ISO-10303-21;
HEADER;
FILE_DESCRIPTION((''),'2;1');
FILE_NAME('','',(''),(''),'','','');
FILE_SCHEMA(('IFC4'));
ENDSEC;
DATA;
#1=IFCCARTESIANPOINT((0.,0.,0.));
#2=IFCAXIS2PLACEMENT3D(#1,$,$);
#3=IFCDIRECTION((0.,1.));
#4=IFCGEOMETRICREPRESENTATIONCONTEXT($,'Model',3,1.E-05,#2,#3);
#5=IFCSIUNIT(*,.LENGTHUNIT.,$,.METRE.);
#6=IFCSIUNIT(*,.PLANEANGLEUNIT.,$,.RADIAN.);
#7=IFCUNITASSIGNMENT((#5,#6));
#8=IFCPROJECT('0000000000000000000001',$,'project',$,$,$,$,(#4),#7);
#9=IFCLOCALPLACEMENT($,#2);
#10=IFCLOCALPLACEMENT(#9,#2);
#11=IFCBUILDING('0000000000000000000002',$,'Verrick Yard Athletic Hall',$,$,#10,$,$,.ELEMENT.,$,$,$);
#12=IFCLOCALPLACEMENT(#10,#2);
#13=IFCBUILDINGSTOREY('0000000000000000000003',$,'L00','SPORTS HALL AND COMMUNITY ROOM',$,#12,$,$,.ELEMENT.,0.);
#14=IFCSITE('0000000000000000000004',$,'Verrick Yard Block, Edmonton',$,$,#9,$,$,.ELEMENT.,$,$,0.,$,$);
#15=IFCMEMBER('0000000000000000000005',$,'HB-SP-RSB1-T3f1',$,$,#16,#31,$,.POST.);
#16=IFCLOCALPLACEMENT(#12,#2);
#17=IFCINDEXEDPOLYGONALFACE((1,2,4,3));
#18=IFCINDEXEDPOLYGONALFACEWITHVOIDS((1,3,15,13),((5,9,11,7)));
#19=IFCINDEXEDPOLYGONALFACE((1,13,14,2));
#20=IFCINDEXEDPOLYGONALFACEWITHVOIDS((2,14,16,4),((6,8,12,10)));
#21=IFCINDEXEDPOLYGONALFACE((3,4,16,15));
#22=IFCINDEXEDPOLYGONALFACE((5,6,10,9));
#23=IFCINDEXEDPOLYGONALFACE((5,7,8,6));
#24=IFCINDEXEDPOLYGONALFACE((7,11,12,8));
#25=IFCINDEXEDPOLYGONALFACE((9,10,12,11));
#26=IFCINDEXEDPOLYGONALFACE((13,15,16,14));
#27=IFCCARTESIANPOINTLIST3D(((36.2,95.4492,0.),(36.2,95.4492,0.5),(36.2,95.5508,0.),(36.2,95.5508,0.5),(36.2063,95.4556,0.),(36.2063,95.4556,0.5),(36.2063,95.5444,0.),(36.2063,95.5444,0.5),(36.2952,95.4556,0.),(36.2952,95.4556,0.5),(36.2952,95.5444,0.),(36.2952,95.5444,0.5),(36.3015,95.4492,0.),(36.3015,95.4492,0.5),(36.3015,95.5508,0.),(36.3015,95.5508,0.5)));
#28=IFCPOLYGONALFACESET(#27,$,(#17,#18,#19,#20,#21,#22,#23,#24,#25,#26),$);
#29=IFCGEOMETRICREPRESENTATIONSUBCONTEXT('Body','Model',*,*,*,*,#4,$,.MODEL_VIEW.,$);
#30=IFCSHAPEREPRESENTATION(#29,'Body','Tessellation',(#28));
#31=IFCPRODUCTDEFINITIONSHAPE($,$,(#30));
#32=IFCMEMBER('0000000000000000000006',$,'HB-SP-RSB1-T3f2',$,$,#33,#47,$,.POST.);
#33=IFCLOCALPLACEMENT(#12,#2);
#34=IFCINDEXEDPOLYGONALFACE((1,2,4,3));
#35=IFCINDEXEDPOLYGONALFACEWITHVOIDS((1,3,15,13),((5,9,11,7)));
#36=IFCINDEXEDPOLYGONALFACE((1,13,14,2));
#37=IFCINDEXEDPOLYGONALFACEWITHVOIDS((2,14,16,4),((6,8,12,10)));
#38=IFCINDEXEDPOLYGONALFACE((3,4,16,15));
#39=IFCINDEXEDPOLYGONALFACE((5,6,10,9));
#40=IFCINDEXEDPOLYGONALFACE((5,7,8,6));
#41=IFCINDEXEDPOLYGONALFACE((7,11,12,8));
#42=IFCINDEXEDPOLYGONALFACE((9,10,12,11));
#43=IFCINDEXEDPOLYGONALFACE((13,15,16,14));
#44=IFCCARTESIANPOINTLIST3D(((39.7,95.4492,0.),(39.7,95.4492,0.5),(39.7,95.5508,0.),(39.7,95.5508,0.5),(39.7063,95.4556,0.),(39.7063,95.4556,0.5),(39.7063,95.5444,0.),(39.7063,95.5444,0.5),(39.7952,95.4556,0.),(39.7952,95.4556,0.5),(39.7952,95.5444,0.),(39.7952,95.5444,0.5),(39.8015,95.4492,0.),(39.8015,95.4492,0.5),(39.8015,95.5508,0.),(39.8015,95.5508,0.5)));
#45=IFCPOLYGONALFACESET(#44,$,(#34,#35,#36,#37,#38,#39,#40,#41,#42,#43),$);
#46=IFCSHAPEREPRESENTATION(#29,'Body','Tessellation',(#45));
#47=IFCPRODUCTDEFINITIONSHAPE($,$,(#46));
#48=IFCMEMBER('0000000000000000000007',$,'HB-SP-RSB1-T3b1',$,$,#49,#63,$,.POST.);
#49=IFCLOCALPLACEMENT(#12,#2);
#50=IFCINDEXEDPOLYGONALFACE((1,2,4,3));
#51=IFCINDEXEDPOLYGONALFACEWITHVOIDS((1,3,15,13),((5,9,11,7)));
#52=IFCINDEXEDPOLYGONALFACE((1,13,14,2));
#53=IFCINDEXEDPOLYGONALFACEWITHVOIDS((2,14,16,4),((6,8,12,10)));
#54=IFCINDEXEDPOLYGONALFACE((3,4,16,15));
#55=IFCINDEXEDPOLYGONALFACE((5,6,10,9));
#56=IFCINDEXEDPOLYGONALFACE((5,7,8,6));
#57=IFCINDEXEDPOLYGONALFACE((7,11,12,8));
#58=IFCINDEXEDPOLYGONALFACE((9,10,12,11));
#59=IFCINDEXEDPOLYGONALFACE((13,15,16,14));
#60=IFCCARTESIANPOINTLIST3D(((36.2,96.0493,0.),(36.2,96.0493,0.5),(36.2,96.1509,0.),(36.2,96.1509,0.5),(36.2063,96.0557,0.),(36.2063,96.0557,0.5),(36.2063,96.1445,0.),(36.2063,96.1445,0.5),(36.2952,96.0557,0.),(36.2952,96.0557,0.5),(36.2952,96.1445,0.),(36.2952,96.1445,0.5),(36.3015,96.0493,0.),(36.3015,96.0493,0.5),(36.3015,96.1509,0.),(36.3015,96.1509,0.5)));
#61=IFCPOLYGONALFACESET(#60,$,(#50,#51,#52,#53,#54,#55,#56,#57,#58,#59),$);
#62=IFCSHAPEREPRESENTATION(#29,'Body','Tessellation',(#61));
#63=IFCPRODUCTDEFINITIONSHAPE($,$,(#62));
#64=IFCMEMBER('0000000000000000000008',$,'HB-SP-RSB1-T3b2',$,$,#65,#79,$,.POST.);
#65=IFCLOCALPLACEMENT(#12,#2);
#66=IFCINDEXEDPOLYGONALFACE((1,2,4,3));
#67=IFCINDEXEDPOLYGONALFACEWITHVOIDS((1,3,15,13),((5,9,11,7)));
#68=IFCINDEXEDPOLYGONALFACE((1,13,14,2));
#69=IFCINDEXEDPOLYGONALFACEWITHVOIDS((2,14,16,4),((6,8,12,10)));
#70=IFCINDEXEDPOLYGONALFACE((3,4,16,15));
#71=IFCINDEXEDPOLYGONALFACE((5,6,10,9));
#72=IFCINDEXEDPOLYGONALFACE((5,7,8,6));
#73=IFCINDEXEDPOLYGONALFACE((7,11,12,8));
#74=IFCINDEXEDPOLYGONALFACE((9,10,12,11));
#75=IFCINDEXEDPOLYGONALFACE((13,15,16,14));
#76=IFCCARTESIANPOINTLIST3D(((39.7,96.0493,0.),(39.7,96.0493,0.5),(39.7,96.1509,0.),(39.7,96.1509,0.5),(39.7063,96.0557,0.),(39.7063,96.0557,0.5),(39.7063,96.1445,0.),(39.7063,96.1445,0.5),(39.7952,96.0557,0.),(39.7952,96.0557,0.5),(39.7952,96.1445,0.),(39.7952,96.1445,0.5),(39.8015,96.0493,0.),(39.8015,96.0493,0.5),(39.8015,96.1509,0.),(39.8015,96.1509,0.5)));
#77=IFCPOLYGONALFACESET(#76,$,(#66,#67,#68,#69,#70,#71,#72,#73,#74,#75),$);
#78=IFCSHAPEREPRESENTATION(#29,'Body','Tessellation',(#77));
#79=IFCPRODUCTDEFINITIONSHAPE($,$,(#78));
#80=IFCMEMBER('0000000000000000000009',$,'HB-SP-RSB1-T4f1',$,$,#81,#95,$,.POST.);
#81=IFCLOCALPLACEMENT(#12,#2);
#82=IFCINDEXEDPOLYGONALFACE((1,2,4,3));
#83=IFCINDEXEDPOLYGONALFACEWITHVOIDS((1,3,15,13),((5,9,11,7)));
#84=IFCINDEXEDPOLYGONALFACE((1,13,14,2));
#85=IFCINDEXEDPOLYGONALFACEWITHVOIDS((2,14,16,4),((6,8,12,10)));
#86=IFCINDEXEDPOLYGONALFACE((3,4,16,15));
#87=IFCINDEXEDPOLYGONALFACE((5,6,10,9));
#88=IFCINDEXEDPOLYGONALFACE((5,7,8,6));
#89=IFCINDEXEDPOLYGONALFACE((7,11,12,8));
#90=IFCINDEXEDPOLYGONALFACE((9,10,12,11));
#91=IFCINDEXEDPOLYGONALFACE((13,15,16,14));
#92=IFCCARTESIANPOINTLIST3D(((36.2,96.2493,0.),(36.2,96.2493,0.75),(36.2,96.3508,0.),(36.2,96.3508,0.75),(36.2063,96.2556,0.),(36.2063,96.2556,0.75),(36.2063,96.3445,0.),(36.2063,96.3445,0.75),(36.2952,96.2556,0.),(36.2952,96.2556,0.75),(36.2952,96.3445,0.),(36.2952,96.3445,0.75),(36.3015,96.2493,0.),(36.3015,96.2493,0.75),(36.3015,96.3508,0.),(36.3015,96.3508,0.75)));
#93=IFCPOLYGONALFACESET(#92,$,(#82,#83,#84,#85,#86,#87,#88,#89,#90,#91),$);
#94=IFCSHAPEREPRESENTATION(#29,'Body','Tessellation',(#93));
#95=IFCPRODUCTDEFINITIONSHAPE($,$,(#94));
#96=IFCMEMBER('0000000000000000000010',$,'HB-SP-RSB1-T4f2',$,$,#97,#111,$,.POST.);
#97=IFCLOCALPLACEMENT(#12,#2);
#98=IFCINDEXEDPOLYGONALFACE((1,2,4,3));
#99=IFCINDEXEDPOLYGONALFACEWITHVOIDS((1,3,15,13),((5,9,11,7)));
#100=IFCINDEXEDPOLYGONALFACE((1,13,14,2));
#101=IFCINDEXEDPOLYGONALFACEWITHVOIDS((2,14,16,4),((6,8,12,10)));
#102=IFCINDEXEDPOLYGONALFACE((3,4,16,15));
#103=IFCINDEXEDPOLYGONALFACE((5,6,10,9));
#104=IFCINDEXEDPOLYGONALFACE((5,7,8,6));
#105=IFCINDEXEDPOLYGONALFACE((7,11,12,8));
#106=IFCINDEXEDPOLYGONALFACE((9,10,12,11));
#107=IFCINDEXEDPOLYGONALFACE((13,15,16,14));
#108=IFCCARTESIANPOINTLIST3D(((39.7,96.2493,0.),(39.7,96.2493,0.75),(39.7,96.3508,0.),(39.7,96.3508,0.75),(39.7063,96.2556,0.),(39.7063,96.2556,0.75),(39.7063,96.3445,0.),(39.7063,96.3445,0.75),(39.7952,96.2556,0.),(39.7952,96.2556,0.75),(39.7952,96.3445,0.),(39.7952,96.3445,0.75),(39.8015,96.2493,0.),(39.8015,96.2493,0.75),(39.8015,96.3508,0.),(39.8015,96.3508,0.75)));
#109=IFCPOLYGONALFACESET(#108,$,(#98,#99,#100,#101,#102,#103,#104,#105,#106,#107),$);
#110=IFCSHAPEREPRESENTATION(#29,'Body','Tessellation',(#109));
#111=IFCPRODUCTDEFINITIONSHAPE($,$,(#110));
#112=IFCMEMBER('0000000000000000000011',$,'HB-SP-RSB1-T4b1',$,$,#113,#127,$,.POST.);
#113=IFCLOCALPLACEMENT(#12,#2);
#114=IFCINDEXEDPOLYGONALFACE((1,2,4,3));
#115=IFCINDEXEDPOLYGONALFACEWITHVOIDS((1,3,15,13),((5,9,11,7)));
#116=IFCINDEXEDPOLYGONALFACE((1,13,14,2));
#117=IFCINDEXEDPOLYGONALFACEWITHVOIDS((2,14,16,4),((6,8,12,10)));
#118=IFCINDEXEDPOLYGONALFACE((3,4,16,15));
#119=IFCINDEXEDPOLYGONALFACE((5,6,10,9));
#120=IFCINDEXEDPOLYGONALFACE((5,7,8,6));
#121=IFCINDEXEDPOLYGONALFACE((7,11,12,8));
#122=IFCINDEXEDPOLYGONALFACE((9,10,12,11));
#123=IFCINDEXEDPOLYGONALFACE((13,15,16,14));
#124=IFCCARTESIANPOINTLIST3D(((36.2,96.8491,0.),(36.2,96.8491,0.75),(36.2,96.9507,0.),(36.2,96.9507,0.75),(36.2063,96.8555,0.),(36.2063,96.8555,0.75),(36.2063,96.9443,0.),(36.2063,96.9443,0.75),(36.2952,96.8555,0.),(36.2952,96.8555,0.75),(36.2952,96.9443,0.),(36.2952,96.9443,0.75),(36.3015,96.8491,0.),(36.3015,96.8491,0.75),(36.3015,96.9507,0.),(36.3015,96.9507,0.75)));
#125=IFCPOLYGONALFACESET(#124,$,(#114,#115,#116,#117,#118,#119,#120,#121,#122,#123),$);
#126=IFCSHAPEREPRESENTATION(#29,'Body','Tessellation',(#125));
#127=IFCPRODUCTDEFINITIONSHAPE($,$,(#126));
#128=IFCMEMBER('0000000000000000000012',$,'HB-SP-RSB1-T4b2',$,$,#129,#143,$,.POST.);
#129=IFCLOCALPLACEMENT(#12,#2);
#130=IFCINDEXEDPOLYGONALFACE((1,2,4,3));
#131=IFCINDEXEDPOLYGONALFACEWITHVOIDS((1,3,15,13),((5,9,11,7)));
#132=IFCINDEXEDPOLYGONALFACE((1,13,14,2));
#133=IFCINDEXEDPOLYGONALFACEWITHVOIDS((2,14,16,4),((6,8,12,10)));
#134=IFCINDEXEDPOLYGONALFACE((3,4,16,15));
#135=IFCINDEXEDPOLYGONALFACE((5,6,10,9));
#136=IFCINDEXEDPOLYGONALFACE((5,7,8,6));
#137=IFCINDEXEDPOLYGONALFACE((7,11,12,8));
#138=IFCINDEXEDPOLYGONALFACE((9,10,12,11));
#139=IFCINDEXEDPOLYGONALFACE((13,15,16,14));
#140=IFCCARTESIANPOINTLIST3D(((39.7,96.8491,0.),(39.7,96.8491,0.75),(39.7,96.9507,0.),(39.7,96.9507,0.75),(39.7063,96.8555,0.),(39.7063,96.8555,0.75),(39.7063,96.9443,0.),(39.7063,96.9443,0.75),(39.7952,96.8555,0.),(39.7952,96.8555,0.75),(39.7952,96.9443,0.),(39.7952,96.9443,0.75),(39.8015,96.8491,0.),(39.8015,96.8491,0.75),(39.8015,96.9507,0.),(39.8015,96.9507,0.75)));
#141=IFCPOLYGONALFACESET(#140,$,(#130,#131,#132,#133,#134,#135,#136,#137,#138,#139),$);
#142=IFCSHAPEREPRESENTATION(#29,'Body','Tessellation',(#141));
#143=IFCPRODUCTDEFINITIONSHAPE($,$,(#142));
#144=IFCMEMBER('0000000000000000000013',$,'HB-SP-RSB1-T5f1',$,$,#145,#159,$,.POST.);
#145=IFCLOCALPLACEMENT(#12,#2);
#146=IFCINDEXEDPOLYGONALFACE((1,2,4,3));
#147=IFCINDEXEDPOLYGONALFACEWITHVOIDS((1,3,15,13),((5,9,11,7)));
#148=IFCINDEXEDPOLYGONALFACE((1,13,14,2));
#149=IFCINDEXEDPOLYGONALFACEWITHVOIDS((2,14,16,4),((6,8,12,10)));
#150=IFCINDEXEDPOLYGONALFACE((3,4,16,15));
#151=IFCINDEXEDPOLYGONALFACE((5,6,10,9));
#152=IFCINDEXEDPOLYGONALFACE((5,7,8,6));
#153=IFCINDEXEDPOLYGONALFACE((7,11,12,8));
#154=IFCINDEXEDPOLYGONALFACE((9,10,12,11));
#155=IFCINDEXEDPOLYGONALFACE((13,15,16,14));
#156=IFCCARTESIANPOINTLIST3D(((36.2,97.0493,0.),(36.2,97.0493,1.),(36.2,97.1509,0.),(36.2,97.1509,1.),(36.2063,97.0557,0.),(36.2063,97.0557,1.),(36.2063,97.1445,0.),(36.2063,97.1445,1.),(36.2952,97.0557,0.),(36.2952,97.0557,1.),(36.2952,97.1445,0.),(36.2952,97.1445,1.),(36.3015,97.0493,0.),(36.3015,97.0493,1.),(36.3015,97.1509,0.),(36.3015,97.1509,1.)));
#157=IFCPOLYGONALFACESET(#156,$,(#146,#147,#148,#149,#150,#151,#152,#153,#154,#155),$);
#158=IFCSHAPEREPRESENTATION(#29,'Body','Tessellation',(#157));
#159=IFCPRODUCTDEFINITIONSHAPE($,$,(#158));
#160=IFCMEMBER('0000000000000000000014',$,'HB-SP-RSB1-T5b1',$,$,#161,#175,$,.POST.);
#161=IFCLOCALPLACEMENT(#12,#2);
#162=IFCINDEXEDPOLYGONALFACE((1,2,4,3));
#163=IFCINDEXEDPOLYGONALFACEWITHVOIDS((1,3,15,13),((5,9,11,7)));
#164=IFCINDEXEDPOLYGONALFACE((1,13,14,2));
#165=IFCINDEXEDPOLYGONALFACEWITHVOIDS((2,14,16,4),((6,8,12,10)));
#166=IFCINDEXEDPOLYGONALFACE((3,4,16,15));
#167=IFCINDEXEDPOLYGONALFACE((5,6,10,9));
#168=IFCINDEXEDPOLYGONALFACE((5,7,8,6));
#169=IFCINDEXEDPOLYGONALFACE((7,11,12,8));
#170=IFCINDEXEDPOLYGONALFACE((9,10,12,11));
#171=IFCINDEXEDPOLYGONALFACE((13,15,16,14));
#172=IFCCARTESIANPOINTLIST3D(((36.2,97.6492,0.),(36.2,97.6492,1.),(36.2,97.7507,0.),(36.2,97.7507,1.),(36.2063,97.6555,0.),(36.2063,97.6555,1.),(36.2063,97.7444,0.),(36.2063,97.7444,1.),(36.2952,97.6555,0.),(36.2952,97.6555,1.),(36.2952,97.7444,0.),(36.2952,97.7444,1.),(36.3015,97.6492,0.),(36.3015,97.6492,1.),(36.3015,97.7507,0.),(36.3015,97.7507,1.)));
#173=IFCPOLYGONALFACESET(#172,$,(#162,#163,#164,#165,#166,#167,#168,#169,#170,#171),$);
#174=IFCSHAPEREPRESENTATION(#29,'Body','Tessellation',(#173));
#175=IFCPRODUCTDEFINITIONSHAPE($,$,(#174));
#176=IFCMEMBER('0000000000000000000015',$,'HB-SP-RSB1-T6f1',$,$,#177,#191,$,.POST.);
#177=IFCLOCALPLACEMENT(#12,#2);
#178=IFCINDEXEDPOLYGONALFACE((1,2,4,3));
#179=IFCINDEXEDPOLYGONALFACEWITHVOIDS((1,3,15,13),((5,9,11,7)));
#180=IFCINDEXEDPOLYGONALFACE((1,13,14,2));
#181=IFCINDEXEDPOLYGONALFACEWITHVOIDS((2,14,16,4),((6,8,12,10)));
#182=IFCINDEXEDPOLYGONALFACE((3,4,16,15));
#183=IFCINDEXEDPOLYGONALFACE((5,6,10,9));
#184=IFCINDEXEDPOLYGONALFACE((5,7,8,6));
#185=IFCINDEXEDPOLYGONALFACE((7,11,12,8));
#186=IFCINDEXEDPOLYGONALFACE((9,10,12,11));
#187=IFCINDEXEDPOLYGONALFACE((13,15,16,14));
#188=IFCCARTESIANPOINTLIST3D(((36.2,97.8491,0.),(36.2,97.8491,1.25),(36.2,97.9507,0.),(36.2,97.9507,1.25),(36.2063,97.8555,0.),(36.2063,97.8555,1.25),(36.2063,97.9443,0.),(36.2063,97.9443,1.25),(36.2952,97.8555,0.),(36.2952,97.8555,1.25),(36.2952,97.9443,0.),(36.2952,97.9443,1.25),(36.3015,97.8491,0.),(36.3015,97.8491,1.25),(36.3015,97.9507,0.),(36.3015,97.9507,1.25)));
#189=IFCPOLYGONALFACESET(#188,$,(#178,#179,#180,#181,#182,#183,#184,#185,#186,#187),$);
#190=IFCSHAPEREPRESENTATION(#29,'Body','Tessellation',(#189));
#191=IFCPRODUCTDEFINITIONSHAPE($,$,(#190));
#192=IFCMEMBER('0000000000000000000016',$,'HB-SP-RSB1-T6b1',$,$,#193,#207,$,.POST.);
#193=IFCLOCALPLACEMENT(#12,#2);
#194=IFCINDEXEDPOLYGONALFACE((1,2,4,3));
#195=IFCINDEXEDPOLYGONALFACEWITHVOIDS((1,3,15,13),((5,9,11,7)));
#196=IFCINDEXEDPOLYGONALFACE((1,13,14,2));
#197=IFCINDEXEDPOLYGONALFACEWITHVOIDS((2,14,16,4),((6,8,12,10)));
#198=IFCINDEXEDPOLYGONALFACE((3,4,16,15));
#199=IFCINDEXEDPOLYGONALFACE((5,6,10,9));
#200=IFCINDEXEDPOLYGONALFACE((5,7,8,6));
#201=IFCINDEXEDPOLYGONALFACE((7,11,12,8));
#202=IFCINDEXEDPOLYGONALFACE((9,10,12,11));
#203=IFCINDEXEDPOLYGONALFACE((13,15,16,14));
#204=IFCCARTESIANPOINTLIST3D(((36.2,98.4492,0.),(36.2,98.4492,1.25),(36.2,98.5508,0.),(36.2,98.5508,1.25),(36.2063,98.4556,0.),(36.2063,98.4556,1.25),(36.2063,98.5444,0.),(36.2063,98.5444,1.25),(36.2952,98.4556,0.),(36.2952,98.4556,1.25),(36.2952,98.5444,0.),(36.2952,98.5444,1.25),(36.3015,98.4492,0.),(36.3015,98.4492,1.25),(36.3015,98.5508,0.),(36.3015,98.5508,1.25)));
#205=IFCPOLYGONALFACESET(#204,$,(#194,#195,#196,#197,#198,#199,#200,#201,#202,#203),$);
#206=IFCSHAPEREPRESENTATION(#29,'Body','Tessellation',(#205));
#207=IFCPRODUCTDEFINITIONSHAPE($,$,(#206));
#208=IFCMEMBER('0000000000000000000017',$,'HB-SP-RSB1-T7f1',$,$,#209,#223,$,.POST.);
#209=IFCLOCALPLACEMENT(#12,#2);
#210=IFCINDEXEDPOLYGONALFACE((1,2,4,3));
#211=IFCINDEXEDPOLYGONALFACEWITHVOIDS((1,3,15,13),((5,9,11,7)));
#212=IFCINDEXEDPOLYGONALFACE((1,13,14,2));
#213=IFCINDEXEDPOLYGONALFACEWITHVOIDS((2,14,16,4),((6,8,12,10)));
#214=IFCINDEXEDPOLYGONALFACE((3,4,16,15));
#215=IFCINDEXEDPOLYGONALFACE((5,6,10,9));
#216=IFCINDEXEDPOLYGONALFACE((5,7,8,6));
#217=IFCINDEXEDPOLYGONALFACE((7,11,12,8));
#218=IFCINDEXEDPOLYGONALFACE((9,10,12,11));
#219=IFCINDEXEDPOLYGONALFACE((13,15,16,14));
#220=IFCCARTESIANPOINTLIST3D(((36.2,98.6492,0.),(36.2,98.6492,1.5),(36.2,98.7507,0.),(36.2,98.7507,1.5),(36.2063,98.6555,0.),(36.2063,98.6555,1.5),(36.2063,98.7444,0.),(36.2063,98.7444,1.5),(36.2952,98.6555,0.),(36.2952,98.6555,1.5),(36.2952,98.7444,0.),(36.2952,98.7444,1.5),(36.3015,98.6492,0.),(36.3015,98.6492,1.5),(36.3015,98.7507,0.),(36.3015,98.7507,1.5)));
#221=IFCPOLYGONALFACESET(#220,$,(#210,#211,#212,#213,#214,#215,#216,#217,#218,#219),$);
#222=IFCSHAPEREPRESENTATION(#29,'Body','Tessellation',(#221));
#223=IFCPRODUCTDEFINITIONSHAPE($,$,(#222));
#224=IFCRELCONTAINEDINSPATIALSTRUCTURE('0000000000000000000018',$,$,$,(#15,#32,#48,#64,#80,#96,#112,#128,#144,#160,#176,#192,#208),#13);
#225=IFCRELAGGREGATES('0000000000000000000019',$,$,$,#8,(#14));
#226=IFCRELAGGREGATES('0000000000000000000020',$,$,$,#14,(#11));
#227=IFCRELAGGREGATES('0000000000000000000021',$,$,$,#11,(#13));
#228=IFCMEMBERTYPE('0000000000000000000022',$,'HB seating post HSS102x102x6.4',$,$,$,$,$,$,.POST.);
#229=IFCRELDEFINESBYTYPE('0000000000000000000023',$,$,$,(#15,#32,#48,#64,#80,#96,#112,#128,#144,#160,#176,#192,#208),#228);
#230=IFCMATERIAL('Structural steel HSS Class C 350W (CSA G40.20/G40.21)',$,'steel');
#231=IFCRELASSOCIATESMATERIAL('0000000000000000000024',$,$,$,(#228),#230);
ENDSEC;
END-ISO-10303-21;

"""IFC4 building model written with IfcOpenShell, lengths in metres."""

from ifc_helpers import new_model, si_unit, direction, frame, origin, origin_2d, place, context, subcontext, project, spatial, hollow_rectangle, extrude, material, material_profile, profile_set, type_object, element, save


model = new_model("IFC4")

# Units and contexts
model_context = context("Model", 3, precision=1e-05, world=origin(), true_north=direction((0.0, 1.0)))
body_context = subcontext(model_context, "Body", "Model", "MODEL_VIEW")
ifc_project = project(units=[si_unit("LENGTHUNIT", "METRE"), si_unit("PLANEANGLEUNIT", "RADIAN")], contexts=[model_context])

# Site, building, storey
site_placement = place(None, origin())
site = spatial("IfcSite", under=ifc_project, at=site_placement, Name="Verrick Yard Block, Edmonton", CompositionType="ELEMENT", RefElevation=0.0)
building_placement = place(site_placement, origin())
building = spatial("IfcBuilding", under=site, at=building_placement, Name="Verrick Yard Athletic Hall", CompositionType="ELEMENT")
storey_placement = place(building_placement, origin())
storey = spatial("IfcBuildingStorey", under=building, at=storey_placement, Name="L00", Description="SPORTS HALL AND COMMUNITY ROOM", CompositionType="ELEMENT", Elevation=0.0)

# Members
ifc_material_1 = material(Name="Structural steel HSS Class C 350W (CSA G40.20/G40.21)", Category="steel")
ifc_material_profile_1 = material_profile(ifc_material_1, hollow_rectangle(XDim=0.1016, YDim=0.1016, WallThickness=0.0063, at=origin_2d()), Name="HSS102x102x6.4")
ifc_profile_set_1 = profile_set([ifc_material_profile_1], Name="Structural steel HSS Class C 350W (CSA G40.20/G40.21)")
member_type_1 = type_object("IfcMemberType", Name="HB seating post HSS102x102x6.4", PredefinedType="POST", material=ifc_profile_set_1)
for number, where, z_axis, x_axis, name in (
    (1, (36.2507, 95.5, 0.0), (0.0, 0.0, 1.0), (0.0, 1.0, 0.0), "HB-SP-RSB1-T3f1"),
    (2, (39.7507, 95.5, 0.0), (0.0, 0.0, 1.0), (0.0, 1.0, 0.0), "HB-SP-RSB1-T3f2"),
    (3, (36.2507, 96.1001, 0.0), (0.0, 0.0, 1.0), (0.0, 1.0, 0.0), "HB-SP-RSB1-T3b1"),
    (4, (39.7507, 96.1001, 0.0), (0.0, 0.0, 1.0), (0.0, 1.0, 0.0), "HB-SP-RSB1-T3b2"),
):
    element("IfcMember", number, at=place(storey_placement, frame(where, z_axis=z_axis, x_axis=x_axis)), inside=storey, type_object=member_type_1, Name=name, PredefinedType="POST", context=body_context, shape_type="SweptSolid", body=[
        extrude(hollow_rectangle(XDim=0.1016, YDim=0.1016, WallThickness=0.0063, at=origin_2d()), origin(), (0.0, 0.0, 1.0), 0.5),
    ])
for number, where, z_axis, x_axis, name in (
    (5, (36.2507, 96.3, 0.0), (0.0, 0.0, 1.0), (0.0, 1.0, 0.0), "HB-SP-RSB1-T4f1"),
    (6, (39.7507, 96.3, 0.0), (0.0, 0.0, 1.0), (0.0, 1.0, 0.0), "HB-SP-RSB1-T4f2"),
    (7, (36.2507, 96.8999, 0.0), (0.0, 0.0, 1.0), (0.0, 1.0, 0.0), "HB-SP-RSB1-T4b1"),
    (8, (39.7507, 96.8999, 0.0), (0.0, 0.0, 1.0), (0.0, 1.0, 0.0), "HB-SP-RSB1-T4b2"),
):
    element("IfcMember", number, at=place(storey_placement, frame(where, z_axis=z_axis, x_axis=x_axis)), inside=storey, type_object=member_type_1, Name=name, PredefinedType="POST", context=body_context, shape_type="SweptSolid", body=[
        extrude(hollow_rectangle(XDim=0.1016, YDim=0.1016, WallThickness=0.0063, at=origin_2d()), origin(), (0.0, 0.0, 1.0), 0.75),
    ])
for number, where, z_axis, x_axis, name in (
    (9, (36.2507, 97.1001, 0.0), (0.0, 0.0, 1.0), (0.0, 1.0, 0.0), "HB-SP-RSB1-T5f1"),
    (10, (36.2507, 97.7, 0.0), (0.0, 0.0, 1.0), (0.0, 1.0, 0.0), "HB-SP-RSB1-T5b1"),
):
    element("IfcMember", number, at=place(storey_placement, frame(where, z_axis=z_axis, x_axis=x_axis)), inside=storey, type_object=member_type_1, Name=name, PredefinedType="POST", context=body_context, shape_type="SweptSolid", body=[
        extrude(hollow_rectangle(XDim=0.1016, YDim=0.1016, WallThickness=0.0063, at=origin_2d()), origin(), (0.0, 0.0, 1.0), 1.0),
    ])
for number, where, z_axis, x_axis, name in (
    (11, (36.2507, 97.8999, 0.0), (0.0, 0.0, 1.0), (0.0, 1.0, 0.0), "HB-SP-RSB1-T6f1"),
    (12, (36.2507, 98.5, 0.0), (0.0, 0.0, 1.0), (0.0, 1.0, 0.0), "HB-SP-RSB1-T6b1"),
):
    element("IfcMember", number, at=place(storey_placement, frame(where, z_axis=z_axis, x_axis=x_axis)), inside=storey, type_object=member_type_1, Name=name, PredefinedType="POST", context=body_context, shape_type="SweptSolid", body=[
        extrude(hollow_rectangle(XDim=0.1016, YDim=0.1016, WallThickness=0.0063, at=origin_2d()), origin(), (0.0, 0.0, 1.0), 1.25),
    ])
member_1_placement = place(storey_placement, frame((36.2507, 98.7, 0.0), z_axis=(0.0, 0.0, 1.0), x_axis=(0.0, 1.0, 0.0)))
element("IfcMember", 13, at=member_1_placement, inside=storey, type_object=member_type_1, Name="HB-SP-RSB1-T7f1", PredefinedType="POST", context=body_context, shape_type="SweptSolid", body=[
    extrude(hollow_rectangle(XDim=0.1016, YDim=0.1016, WallThickness=0.0063, at=origin_2d()), origin(), (0.0, 0.0, 1.0), 1.5),
])

save(model, "model.ifc")
